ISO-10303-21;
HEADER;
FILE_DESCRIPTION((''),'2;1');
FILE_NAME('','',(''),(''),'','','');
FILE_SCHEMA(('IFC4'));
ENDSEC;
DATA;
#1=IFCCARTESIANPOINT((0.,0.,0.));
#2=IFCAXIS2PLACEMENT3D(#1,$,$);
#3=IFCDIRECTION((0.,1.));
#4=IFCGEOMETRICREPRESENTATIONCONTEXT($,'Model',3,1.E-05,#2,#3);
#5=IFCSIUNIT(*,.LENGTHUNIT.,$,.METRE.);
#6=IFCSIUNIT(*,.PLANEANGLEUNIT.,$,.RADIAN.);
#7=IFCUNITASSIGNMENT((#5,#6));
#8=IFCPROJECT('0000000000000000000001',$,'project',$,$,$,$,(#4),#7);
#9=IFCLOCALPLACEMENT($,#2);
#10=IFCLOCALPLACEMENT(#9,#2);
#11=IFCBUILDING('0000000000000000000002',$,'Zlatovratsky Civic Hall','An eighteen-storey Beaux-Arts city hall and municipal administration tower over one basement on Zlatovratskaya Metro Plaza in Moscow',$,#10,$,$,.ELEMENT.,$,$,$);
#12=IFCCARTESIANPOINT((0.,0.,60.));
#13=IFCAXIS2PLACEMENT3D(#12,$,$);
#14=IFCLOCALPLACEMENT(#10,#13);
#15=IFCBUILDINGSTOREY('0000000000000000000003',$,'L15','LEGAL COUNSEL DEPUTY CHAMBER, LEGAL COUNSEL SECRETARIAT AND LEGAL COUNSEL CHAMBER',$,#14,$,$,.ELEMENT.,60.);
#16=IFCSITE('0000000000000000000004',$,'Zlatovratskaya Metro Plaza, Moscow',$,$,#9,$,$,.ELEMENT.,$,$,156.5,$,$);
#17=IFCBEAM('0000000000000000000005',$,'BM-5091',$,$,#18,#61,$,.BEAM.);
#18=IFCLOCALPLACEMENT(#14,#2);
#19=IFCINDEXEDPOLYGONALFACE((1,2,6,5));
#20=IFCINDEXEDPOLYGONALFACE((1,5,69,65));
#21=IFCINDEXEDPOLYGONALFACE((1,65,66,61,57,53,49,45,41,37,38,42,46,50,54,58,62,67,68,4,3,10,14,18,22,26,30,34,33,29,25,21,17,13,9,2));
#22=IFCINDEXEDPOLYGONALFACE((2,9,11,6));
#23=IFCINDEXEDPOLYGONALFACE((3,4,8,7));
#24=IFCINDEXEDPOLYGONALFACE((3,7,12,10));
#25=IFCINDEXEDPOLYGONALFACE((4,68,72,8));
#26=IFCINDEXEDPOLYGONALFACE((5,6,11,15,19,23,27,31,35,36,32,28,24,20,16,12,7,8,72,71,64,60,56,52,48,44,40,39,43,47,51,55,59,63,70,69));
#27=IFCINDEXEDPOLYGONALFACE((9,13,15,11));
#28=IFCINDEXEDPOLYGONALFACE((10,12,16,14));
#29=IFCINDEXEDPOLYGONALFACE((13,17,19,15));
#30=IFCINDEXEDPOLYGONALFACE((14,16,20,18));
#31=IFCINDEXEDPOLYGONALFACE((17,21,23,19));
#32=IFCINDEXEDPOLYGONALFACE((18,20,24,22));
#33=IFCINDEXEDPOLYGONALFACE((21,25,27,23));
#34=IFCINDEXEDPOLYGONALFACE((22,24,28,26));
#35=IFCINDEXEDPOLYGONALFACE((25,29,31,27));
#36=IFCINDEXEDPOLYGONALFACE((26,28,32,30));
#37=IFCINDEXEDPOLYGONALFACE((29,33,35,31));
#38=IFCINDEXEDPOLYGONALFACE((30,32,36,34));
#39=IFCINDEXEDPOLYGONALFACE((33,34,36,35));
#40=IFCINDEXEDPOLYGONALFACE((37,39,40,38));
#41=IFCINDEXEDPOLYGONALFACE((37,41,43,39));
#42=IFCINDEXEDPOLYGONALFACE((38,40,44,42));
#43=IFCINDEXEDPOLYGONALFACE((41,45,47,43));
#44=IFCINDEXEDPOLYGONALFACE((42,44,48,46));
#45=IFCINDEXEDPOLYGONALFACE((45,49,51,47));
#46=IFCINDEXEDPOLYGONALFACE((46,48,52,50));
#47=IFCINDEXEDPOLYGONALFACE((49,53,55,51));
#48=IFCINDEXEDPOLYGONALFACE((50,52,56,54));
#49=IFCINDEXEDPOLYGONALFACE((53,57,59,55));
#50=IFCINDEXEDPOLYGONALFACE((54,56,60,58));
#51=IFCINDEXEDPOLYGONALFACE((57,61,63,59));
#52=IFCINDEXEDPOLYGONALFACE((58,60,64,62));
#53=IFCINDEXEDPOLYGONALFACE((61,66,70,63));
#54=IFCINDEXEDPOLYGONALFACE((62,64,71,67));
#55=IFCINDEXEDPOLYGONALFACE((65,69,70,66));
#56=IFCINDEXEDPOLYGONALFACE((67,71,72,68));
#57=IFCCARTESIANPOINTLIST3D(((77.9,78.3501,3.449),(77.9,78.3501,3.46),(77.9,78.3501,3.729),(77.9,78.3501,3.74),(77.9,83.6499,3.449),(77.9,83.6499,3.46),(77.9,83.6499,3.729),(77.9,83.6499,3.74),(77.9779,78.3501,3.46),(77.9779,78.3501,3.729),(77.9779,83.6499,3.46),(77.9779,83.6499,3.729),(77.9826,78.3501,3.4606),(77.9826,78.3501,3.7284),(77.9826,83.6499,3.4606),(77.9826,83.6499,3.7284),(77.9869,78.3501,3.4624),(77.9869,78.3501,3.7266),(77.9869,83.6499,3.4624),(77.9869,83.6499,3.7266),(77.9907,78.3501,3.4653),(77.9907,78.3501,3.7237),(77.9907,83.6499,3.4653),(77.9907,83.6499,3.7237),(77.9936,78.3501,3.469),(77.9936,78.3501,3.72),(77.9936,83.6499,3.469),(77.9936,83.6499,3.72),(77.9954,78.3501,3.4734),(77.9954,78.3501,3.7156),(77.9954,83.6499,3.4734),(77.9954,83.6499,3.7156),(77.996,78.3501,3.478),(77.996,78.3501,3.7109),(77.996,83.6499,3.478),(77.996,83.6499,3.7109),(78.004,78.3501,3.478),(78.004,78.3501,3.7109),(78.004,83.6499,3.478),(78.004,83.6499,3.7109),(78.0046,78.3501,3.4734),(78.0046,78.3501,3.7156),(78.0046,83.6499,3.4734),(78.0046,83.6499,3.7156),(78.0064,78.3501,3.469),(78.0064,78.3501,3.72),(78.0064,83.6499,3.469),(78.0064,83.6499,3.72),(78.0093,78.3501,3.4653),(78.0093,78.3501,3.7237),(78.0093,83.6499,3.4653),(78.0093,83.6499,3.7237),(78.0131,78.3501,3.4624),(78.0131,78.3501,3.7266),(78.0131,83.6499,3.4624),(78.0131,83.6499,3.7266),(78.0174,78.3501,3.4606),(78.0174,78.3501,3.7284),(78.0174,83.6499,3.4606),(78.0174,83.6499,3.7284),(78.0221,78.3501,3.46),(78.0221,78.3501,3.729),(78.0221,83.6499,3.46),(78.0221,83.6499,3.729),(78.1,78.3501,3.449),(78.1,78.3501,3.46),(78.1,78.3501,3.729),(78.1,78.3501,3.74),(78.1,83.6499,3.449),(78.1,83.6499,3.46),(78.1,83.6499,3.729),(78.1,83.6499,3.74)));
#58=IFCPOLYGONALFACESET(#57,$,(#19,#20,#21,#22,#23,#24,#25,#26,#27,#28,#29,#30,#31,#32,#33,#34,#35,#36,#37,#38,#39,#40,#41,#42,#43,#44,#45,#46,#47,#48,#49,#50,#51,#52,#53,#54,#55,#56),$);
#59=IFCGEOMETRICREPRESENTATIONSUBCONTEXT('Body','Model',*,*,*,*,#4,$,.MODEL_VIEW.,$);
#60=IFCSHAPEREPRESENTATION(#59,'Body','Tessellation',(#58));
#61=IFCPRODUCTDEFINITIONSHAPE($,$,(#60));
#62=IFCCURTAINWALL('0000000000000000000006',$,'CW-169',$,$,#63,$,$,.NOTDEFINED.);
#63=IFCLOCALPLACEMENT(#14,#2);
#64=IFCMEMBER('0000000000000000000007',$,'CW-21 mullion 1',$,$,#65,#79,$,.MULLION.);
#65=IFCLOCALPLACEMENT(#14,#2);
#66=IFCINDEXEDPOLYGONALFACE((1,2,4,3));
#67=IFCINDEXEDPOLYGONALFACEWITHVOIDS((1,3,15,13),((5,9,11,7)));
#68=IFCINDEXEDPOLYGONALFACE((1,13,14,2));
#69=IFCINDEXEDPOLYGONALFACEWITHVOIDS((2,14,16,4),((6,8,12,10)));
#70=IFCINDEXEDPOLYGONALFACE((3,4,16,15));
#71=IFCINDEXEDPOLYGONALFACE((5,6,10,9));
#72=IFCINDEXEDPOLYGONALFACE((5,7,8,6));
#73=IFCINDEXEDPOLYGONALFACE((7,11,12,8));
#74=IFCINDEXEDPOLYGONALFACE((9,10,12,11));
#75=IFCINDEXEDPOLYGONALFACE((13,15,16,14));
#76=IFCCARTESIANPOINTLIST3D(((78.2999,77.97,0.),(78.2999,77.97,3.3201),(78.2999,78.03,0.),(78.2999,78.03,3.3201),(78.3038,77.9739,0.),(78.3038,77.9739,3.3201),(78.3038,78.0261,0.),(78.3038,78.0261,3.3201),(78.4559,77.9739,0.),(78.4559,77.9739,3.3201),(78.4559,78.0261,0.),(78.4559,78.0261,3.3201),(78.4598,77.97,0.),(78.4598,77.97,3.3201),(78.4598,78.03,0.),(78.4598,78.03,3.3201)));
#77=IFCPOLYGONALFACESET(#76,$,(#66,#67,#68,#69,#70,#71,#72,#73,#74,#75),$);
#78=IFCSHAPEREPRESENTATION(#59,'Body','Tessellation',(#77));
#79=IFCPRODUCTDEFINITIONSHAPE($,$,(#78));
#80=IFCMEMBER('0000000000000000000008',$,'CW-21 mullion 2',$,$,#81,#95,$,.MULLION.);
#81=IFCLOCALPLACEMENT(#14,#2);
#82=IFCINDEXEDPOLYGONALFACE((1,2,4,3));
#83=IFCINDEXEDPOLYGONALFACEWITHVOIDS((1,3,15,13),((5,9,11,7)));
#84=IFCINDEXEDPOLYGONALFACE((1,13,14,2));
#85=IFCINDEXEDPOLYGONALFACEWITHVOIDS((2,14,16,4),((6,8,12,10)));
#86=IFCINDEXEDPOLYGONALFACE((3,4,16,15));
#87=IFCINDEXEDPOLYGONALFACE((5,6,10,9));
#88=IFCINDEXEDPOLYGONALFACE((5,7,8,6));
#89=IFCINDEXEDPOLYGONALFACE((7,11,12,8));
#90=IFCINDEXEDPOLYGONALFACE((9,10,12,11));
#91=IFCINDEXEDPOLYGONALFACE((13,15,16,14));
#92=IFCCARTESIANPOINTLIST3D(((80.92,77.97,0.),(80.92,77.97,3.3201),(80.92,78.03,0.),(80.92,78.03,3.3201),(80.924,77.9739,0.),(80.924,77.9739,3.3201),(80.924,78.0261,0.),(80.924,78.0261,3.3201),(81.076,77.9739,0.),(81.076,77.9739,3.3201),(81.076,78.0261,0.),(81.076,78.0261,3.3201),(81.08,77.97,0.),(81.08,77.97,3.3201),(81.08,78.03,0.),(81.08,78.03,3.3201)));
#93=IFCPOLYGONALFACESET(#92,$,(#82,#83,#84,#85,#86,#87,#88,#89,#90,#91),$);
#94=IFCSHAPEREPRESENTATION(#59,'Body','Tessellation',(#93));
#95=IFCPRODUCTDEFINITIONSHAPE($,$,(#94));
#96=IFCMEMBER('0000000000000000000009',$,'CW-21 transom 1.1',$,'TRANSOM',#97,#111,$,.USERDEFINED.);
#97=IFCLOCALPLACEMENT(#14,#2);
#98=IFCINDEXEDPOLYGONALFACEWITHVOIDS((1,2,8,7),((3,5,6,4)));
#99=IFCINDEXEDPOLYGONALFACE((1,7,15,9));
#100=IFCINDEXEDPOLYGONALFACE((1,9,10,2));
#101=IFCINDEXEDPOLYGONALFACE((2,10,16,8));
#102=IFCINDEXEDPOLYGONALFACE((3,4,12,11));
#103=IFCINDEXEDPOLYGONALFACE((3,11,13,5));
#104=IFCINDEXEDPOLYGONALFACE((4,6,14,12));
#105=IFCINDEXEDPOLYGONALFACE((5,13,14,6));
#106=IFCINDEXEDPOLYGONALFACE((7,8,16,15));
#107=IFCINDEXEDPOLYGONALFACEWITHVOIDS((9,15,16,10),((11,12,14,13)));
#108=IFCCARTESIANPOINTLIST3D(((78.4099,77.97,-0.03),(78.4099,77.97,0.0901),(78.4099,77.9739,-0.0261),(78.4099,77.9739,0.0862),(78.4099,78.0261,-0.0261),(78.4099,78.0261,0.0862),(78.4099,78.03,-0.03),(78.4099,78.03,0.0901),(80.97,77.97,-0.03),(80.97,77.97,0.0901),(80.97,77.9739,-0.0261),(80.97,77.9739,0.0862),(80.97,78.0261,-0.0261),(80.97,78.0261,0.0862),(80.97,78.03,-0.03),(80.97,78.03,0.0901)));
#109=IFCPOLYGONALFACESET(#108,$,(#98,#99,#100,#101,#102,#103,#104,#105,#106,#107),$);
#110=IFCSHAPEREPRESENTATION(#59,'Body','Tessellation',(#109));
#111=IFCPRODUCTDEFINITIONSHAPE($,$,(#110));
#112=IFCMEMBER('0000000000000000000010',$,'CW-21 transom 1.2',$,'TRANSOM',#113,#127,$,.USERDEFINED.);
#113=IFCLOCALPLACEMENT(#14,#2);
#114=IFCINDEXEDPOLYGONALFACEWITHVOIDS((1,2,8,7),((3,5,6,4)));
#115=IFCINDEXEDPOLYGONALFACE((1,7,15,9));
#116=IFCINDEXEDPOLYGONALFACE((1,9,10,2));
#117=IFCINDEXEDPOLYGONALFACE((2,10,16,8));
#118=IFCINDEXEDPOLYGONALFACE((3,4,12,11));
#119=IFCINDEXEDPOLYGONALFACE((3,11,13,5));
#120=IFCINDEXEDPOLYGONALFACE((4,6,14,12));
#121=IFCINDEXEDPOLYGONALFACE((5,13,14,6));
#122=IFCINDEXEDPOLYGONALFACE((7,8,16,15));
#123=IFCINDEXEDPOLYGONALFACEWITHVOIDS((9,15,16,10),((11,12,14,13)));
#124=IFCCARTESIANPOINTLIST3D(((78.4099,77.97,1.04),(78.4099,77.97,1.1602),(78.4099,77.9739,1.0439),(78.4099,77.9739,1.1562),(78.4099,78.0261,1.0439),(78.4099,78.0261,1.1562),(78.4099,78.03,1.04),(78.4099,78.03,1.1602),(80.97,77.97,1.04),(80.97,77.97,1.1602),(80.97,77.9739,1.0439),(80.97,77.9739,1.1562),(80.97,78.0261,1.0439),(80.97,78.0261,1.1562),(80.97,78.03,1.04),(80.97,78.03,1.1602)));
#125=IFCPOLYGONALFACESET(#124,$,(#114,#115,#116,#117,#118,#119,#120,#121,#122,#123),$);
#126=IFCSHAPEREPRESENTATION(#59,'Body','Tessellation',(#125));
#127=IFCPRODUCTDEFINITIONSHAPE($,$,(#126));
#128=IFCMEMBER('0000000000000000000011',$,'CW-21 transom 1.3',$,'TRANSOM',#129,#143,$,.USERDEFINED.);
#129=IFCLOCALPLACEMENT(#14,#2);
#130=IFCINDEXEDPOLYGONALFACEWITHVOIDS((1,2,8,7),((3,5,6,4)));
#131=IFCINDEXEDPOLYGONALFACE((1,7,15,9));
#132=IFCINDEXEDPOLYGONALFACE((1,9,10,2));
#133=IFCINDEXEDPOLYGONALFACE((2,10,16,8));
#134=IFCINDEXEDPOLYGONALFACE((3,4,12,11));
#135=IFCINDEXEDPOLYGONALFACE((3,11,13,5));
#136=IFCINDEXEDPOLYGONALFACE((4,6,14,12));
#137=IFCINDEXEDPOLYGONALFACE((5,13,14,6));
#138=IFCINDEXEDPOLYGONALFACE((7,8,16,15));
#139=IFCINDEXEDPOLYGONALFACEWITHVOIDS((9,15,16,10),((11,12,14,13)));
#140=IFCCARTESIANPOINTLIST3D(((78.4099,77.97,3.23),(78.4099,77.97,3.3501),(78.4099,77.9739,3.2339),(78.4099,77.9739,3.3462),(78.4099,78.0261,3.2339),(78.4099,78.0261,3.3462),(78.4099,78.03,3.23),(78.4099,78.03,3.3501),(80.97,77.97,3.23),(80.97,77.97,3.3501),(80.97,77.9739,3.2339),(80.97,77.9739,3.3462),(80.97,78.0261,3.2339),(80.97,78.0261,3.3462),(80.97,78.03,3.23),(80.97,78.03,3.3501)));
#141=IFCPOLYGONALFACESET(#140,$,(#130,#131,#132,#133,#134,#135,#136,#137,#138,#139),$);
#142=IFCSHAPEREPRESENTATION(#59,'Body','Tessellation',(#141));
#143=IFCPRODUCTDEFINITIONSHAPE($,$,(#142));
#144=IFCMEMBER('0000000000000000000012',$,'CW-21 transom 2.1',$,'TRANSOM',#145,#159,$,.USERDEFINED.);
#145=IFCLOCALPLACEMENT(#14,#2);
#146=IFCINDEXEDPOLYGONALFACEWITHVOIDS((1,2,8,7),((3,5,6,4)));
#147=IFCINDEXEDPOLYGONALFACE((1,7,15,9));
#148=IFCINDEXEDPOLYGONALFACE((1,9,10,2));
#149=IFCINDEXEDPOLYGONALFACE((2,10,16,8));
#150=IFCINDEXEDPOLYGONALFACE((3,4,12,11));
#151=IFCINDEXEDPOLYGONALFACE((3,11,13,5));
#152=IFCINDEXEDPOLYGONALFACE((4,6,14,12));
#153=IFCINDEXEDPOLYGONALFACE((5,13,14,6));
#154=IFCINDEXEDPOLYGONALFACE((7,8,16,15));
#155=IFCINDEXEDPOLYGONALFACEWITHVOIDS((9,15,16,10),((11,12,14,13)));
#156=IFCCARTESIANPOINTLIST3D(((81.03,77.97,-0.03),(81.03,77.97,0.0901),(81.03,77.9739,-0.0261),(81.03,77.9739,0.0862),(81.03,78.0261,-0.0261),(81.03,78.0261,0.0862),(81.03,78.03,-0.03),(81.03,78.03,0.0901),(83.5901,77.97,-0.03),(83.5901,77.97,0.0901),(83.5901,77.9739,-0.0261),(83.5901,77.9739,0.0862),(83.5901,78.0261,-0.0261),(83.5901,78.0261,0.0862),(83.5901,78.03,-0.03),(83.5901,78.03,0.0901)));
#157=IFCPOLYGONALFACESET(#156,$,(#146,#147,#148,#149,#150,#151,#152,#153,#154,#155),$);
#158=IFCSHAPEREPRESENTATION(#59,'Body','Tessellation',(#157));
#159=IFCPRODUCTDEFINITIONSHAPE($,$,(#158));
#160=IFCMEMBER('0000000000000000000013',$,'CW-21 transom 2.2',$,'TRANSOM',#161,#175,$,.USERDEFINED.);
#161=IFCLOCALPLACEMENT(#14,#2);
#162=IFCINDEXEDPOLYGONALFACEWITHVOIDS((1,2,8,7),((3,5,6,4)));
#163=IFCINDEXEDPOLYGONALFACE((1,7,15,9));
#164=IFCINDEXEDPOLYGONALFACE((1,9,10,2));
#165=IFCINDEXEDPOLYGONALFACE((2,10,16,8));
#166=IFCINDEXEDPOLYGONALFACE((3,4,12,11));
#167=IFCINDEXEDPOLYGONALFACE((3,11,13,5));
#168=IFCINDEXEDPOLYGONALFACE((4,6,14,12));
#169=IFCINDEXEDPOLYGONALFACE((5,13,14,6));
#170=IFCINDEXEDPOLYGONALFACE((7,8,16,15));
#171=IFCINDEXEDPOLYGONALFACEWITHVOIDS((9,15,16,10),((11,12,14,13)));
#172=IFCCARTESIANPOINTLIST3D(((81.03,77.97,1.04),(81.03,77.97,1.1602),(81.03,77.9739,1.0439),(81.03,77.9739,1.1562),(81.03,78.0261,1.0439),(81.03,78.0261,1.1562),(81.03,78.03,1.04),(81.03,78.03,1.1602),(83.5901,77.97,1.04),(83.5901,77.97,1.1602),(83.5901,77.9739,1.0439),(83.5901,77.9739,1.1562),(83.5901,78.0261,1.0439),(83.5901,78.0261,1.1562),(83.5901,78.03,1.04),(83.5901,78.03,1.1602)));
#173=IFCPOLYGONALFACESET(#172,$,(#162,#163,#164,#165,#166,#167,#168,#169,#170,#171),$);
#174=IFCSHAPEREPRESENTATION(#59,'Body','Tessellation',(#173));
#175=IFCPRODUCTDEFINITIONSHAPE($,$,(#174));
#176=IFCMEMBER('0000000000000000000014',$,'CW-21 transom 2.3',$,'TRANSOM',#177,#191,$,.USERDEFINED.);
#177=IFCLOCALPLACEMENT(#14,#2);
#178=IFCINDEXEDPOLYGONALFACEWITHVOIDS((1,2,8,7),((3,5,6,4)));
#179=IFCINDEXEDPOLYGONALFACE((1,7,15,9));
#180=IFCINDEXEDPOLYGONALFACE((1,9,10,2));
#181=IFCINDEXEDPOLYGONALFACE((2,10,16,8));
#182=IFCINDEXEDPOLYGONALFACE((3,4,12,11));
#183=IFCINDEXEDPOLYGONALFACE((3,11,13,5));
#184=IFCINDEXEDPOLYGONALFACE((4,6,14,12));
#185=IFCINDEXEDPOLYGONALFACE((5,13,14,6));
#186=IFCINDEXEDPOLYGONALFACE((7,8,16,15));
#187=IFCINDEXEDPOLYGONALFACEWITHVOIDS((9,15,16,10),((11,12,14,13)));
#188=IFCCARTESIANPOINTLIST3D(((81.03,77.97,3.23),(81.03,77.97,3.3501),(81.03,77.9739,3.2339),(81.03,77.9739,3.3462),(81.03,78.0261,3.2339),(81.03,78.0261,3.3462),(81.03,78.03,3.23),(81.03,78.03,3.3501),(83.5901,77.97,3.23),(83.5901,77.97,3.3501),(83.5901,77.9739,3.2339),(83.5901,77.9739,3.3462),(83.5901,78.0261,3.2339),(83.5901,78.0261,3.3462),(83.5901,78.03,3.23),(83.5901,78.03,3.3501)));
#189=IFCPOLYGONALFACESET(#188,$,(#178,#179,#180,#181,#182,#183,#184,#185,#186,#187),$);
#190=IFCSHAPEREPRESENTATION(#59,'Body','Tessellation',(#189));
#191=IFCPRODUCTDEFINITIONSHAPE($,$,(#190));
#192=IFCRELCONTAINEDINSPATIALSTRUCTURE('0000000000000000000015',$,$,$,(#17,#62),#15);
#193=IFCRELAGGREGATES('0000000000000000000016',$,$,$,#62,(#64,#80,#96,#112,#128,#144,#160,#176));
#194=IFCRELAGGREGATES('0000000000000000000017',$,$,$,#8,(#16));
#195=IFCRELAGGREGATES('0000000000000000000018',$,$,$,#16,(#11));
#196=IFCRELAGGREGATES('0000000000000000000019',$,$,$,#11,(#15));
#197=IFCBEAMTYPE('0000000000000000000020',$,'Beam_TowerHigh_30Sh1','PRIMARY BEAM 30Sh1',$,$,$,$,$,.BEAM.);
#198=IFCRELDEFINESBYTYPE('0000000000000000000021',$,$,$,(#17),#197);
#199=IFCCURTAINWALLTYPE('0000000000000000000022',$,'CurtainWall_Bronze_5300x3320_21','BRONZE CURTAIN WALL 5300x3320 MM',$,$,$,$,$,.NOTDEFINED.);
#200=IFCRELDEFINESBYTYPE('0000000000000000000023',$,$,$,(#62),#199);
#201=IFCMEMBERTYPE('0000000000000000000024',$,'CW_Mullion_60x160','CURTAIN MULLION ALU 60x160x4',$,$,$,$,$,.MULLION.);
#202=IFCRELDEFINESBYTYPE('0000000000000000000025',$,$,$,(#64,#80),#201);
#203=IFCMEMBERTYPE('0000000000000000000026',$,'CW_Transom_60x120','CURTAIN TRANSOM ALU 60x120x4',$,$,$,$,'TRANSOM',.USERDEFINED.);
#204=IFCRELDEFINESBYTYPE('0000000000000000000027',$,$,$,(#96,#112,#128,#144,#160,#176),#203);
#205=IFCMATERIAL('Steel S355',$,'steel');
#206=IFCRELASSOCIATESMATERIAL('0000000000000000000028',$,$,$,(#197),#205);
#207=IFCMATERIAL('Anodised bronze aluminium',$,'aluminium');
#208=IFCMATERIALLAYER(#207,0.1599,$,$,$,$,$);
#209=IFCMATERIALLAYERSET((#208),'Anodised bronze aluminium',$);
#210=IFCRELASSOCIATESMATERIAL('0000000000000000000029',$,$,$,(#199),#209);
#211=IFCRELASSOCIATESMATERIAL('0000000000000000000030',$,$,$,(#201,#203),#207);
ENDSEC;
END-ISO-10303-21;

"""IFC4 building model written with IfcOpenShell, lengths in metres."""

from ifc_helpers import new_model, si_unit, direction, frame, origin, origin_2d, place, context, subcontext, project, spatial, hollow_rectangle, i_section, extrude, material, layer, layer_set, material_profile, profile_set, type_object, element, aggregate, save


model = new_model("IFC4")

# Units and contexts
model_context = context("Model", 3, precision=1e-05, world=origin(), true_north=direction((0.0, 1.0)))
body_context = subcontext(model_context, "Body", "Model", "MODEL_VIEW")
ifc_project = project(units=[si_unit("LENGTHUNIT", "METRE"), si_unit("PLANEANGLEUNIT", "RADIAN")], contexts=[model_context])

# Site, building, storey
site_placement = place(None, origin())
site = spatial("IfcSite", under=ifc_project, at=site_placement, Name="Zlatovratskaya Metro Plaza, Moscow", CompositionType="ELEMENT", RefElevation=156.5)
building_placement = place(site_placement, origin())
building = spatial("IfcBuilding", under=site, at=building_placement, Name="Zlatovratsky Civic Hall", Description="An eighteen-storey Beaux-Arts city hall and municipal administration tower over one basement on Zlatovratskaya Metro Plaza in Moscow", CompositionType="ELEMENT")
storey_placement = place(building_placement, frame((0.0, 0.0, 60.0)))
storey = spatial("IfcBuildingStorey", under=building, at=storey_placement, Name="L15", Description="LEGAL COUNSEL DEPUTY CHAMBER, LEGAL COUNSEL SECRETARIAT AND LEGAL COUNSEL CHAMBER", CompositionType="ELEMENT", Elevation=60.0)

# Beam
ifc_material_1 = material(Name="Steel S355", Category="steel")
ifc_material_profile_1 = material_profile(ifc_material_1, i_section(OverallWidth=0.2, OverallDepth=0.291, WebThickness=0.0081, FlangeThickness=0.011, FilletRadius=0.0181, at=origin_2d()), Name="30Sh1")
ifc_profile_set_1 = profile_set([ifc_material_profile_1], Name="Steel S355")
beam_type_1 = type_object("IfcBeamType", Name="Beam_TowerHigh_30Sh1", Description="PRIMARY BEAM 30Sh1", PredefinedType="BEAM", material=ifc_profile_set_1)
for number, where, z_axis, x_axis, name in (
    (1, (78.0, 78.3501, 3.5945), (0.0, 1.0, 0.0), (-1.0, 0.0, 0.0), "BM-5091"),
):
    element("IfcBeam", number, at=place(storey_placement, frame(where, z_axis=z_axis, x_axis=x_axis)), inside=storey, type_object=beam_type_1, Name=name, PredefinedType="BEAM", context=body_context, shape_type="SweptSolid", body=[
        extrude(i_section(OverallWidth=0.2, OverallDepth=0.291, WebThickness=0.0081, FlangeThickness=0.011, FilletRadius=0.0181, at=origin_2d()), origin(), (0.0, 0.0, 1.0), 5.2998),
    ])

# Curtain wall, members
ifc_material_2 = material(Name="Anodised bronze aluminium", Category="aluminium")
ifc_layer_1 = layer(ifc_material_2, 0.1599)
ifc_layer_set_1 = layer_set([ifc_layer_1], Name="Anodised bronze aluminium")
curtain_wall_type = type_object("IfcCurtainWallType", Name="CurtainWall_Bronze_5300x3320_21", Description="BRONZE CURTAIN WALL 5300x3320 MM", PredefinedType="NOTDEFINED", material=ifc_layer_set_1)
curtain_wall_placement = place(storey_placement, origin())
curtain_wall = element("IfcCurtainWall", 2, at=curtain_wall_placement, inside=storey, type_object=curtain_wall_type, Name="CW-169", PredefinedType="NOTDEFINED")
ifc_material_profile_2 = material_profile(ifc_material_2, hollow_rectangle(XDim=0.0601, YDim=0.1599, WallThickness=0.0039, at=origin_2d()), Name="ALU 60x160x4")
ifc_profile_set_2 = profile_set([ifc_material_profile_2], Name="Anodised bronze aluminium")
member_type_1 = type_object("IfcMemberType", Name="CW_Mullion_60x160", Description="CURTAIN MULLION ALU 60x160x4", PredefinedType="MULLION", material=ifc_profile_set_2)
member_1_placement = place(storey_placement, frame((78.3799, 78.0, 0.0), z_axis=(0.0, 0.0, 1.0), x_axis=(0.0, 1.0, 0.0)))
member_1 = element("IfcMember", 3, at=member_1_placement, type_object=member_type_1, Name="CW-21 mullion 1", PredefinedType="MULLION", context=body_context, shape_type="SweptSolid", body=[
    extrude(hollow_rectangle(XDim=0.0601, YDim=0.1599, WallThickness=0.0039, at=origin_2d()), origin(), (0.0, 0.0, 1.0), 3.3201),
])
member_2_placement = place(storey_placement, frame((81.0, 78.0, 0.0), z_axis=(0.0, 0.0, 1.0), x_axis=(0.0, 1.0, 0.0)))
member_2 = element("IfcMember", 4, at=member_2_placement, type_object=member_type_1, Name="CW-21 mullion 2", PredefinedType="MULLION", context=body_context, shape_type="SweptSolid", body=[
    extrude(hollow_rectangle(XDim=0.0601, YDim=0.1599, WallThickness=0.0039, at=origin_2d()), origin(), (0.0, 0.0, 1.0), 3.3201),
])
ifc_material_profile_3 = material_profile(ifc_material_2, hollow_rectangle(XDim=0.0601, YDim=0.1201, WallThickness=0.0039, at=origin_2d()), Name="ALU 60x120x4")
ifc_profile_set_3 = profile_set([ifc_material_profile_3], Name="Anodised bronze aluminium")
member_type_2 = type_object("IfcMemberType", Name="CW_Transom_60x120", Description="CURTAIN TRANSOM ALU 60x120x4", ElementType="TRANSOM", PredefinedType="USERDEFINED", material=ifc_profile_set_3)
member_3_placement = place(storey_placement, frame((78.4099, 78.0, 0.03), z_axis=(1.0, 0.0, 0.0), x_axis=(0.0, 1.0, 0.0)))
member_3 = element("IfcMember", 5, at=member_3_placement, type_object=member_type_2, Name="CW-21 transom 1.1", ObjectType="TRANSOM", PredefinedType="USERDEFINED", context=body_context, shape_type="SweptSolid", body=[
    extrude(hollow_rectangle(XDim=0.0601, YDim=0.1201, WallThickness=0.0039, at=origin_2d()), origin(), (0.0, 0.0, 1.0), 2.5601),
])
member_4_placement = place(storey_placement, frame((78.4099, 78.0, 1.1001), z_axis=(1.0, 0.0, 0.0), x_axis=(0.0, 1.0, 0.0)))
member_4 = element("IfcMember", 6, at=member_4_placement, type_object=member_type_2, Name="CW-21 transom 1.2", ObjectType="TRANSOM", PredefinedType="USERDEFINED", context=body_context, shape_type="SweptSolid", body=[
    extrude(hollow_rectangle(XDim=0.0601, YDim=0.1201, WallThickness=0.0039, at=origin_2d()), origin(), (0.0, 0.0, 1.0), 2.5601),
])
member_5_placement = place(storey_placement, frame((78.4099, 78.0, 3.29), z_axis=(1.0, 0.0, 0.0), x_axis=(0.0, 1.0, 0.0)))
member_5 = element("IfcMember", 7, at=member_5_placement, type_object=member_type_2, Name="CW-21 transom 1.3", ObjectType="TRANSOM", PredefinedType="USERDEFINED", context=body_context, shape_type="SweptSolid", body=[
    extrude(hollow_rectangle(XDim=0.0601, YDim=0.1201, WallThickness=0.0039, at=origin_2d()), origin(), (0.0, 0.0, 1.0), 2.5601),
])
member_6_placement = place(storey_placement, frame((81.03, 78.0, 0.03), z_axis=(1.0, 0.0, 0.0), x_axis=(0.0, 1.0, 0.0)))
member_6 = element("IfcMember", 8, at=member_6_placement, type_object=member_type_2, Name="CW-21 transom 2.1", ObjectType="TRANSOM", PredefinedType="USERDEFINED", context=body_context, shape_type="SweptSolid", body=[
    extrude(hollow_rectangle(XDim=0.0601, YDim=0.1201, WallThickness=0.0039, at=origin_2d()), origin(), (0.0, 0.0, 1.0), 2.5601),
])
member_7_placement = place(storey_placement, frame((81.03, 78.0, 1.1001), z_axis=(1.0, 0.0, 0.0), x_axis=(0.0, 1.0, 0.0)))
member_7 = element("IfcMember", 9, at=member_7_placement, type_object=member_type_2, Name="CW-21 transom 2.2", ObjectType="TRANSOM", PredefinedType="USERDEFINED", context=body_context, shape_type="SweptSolid", body=[
    extrude(hollow_rectangle(XDim=0.0601, YDim=0.1201, WallThickness=0.0039, at=origin_2d()), origin(), (0.0, 0.0, 1.0), 2.5601),
])
member_8_placement = place(storey_placement, frame((81.03, 78.0, 3.29), z_axis=(1.0, 0.0, 0.0), x_axis=(0.0, 1.0, 0.0)))
member_8 = element("IfcMember", 10, at=member_8_placement, type_object=member_type_2, Name="CW-21 transom 2.3", ObjectType="TRANSOM", PredefinedType="USERDEFINED", context=body_context, shape_type="SweptSolid", body=[
    extrude(hollow_rectangle(XDim=0.0601, YDim=0.1201, WallThickness=0.0039, at=origin_2d()), origin(), (0.0, 0.0, 1.0), 2.5601),
])
aggregate(curtain_wall, [member_1, member_2, member_3, member_4, member_5, member_6, member_7, member_8])

save(model, "model.ifc")
